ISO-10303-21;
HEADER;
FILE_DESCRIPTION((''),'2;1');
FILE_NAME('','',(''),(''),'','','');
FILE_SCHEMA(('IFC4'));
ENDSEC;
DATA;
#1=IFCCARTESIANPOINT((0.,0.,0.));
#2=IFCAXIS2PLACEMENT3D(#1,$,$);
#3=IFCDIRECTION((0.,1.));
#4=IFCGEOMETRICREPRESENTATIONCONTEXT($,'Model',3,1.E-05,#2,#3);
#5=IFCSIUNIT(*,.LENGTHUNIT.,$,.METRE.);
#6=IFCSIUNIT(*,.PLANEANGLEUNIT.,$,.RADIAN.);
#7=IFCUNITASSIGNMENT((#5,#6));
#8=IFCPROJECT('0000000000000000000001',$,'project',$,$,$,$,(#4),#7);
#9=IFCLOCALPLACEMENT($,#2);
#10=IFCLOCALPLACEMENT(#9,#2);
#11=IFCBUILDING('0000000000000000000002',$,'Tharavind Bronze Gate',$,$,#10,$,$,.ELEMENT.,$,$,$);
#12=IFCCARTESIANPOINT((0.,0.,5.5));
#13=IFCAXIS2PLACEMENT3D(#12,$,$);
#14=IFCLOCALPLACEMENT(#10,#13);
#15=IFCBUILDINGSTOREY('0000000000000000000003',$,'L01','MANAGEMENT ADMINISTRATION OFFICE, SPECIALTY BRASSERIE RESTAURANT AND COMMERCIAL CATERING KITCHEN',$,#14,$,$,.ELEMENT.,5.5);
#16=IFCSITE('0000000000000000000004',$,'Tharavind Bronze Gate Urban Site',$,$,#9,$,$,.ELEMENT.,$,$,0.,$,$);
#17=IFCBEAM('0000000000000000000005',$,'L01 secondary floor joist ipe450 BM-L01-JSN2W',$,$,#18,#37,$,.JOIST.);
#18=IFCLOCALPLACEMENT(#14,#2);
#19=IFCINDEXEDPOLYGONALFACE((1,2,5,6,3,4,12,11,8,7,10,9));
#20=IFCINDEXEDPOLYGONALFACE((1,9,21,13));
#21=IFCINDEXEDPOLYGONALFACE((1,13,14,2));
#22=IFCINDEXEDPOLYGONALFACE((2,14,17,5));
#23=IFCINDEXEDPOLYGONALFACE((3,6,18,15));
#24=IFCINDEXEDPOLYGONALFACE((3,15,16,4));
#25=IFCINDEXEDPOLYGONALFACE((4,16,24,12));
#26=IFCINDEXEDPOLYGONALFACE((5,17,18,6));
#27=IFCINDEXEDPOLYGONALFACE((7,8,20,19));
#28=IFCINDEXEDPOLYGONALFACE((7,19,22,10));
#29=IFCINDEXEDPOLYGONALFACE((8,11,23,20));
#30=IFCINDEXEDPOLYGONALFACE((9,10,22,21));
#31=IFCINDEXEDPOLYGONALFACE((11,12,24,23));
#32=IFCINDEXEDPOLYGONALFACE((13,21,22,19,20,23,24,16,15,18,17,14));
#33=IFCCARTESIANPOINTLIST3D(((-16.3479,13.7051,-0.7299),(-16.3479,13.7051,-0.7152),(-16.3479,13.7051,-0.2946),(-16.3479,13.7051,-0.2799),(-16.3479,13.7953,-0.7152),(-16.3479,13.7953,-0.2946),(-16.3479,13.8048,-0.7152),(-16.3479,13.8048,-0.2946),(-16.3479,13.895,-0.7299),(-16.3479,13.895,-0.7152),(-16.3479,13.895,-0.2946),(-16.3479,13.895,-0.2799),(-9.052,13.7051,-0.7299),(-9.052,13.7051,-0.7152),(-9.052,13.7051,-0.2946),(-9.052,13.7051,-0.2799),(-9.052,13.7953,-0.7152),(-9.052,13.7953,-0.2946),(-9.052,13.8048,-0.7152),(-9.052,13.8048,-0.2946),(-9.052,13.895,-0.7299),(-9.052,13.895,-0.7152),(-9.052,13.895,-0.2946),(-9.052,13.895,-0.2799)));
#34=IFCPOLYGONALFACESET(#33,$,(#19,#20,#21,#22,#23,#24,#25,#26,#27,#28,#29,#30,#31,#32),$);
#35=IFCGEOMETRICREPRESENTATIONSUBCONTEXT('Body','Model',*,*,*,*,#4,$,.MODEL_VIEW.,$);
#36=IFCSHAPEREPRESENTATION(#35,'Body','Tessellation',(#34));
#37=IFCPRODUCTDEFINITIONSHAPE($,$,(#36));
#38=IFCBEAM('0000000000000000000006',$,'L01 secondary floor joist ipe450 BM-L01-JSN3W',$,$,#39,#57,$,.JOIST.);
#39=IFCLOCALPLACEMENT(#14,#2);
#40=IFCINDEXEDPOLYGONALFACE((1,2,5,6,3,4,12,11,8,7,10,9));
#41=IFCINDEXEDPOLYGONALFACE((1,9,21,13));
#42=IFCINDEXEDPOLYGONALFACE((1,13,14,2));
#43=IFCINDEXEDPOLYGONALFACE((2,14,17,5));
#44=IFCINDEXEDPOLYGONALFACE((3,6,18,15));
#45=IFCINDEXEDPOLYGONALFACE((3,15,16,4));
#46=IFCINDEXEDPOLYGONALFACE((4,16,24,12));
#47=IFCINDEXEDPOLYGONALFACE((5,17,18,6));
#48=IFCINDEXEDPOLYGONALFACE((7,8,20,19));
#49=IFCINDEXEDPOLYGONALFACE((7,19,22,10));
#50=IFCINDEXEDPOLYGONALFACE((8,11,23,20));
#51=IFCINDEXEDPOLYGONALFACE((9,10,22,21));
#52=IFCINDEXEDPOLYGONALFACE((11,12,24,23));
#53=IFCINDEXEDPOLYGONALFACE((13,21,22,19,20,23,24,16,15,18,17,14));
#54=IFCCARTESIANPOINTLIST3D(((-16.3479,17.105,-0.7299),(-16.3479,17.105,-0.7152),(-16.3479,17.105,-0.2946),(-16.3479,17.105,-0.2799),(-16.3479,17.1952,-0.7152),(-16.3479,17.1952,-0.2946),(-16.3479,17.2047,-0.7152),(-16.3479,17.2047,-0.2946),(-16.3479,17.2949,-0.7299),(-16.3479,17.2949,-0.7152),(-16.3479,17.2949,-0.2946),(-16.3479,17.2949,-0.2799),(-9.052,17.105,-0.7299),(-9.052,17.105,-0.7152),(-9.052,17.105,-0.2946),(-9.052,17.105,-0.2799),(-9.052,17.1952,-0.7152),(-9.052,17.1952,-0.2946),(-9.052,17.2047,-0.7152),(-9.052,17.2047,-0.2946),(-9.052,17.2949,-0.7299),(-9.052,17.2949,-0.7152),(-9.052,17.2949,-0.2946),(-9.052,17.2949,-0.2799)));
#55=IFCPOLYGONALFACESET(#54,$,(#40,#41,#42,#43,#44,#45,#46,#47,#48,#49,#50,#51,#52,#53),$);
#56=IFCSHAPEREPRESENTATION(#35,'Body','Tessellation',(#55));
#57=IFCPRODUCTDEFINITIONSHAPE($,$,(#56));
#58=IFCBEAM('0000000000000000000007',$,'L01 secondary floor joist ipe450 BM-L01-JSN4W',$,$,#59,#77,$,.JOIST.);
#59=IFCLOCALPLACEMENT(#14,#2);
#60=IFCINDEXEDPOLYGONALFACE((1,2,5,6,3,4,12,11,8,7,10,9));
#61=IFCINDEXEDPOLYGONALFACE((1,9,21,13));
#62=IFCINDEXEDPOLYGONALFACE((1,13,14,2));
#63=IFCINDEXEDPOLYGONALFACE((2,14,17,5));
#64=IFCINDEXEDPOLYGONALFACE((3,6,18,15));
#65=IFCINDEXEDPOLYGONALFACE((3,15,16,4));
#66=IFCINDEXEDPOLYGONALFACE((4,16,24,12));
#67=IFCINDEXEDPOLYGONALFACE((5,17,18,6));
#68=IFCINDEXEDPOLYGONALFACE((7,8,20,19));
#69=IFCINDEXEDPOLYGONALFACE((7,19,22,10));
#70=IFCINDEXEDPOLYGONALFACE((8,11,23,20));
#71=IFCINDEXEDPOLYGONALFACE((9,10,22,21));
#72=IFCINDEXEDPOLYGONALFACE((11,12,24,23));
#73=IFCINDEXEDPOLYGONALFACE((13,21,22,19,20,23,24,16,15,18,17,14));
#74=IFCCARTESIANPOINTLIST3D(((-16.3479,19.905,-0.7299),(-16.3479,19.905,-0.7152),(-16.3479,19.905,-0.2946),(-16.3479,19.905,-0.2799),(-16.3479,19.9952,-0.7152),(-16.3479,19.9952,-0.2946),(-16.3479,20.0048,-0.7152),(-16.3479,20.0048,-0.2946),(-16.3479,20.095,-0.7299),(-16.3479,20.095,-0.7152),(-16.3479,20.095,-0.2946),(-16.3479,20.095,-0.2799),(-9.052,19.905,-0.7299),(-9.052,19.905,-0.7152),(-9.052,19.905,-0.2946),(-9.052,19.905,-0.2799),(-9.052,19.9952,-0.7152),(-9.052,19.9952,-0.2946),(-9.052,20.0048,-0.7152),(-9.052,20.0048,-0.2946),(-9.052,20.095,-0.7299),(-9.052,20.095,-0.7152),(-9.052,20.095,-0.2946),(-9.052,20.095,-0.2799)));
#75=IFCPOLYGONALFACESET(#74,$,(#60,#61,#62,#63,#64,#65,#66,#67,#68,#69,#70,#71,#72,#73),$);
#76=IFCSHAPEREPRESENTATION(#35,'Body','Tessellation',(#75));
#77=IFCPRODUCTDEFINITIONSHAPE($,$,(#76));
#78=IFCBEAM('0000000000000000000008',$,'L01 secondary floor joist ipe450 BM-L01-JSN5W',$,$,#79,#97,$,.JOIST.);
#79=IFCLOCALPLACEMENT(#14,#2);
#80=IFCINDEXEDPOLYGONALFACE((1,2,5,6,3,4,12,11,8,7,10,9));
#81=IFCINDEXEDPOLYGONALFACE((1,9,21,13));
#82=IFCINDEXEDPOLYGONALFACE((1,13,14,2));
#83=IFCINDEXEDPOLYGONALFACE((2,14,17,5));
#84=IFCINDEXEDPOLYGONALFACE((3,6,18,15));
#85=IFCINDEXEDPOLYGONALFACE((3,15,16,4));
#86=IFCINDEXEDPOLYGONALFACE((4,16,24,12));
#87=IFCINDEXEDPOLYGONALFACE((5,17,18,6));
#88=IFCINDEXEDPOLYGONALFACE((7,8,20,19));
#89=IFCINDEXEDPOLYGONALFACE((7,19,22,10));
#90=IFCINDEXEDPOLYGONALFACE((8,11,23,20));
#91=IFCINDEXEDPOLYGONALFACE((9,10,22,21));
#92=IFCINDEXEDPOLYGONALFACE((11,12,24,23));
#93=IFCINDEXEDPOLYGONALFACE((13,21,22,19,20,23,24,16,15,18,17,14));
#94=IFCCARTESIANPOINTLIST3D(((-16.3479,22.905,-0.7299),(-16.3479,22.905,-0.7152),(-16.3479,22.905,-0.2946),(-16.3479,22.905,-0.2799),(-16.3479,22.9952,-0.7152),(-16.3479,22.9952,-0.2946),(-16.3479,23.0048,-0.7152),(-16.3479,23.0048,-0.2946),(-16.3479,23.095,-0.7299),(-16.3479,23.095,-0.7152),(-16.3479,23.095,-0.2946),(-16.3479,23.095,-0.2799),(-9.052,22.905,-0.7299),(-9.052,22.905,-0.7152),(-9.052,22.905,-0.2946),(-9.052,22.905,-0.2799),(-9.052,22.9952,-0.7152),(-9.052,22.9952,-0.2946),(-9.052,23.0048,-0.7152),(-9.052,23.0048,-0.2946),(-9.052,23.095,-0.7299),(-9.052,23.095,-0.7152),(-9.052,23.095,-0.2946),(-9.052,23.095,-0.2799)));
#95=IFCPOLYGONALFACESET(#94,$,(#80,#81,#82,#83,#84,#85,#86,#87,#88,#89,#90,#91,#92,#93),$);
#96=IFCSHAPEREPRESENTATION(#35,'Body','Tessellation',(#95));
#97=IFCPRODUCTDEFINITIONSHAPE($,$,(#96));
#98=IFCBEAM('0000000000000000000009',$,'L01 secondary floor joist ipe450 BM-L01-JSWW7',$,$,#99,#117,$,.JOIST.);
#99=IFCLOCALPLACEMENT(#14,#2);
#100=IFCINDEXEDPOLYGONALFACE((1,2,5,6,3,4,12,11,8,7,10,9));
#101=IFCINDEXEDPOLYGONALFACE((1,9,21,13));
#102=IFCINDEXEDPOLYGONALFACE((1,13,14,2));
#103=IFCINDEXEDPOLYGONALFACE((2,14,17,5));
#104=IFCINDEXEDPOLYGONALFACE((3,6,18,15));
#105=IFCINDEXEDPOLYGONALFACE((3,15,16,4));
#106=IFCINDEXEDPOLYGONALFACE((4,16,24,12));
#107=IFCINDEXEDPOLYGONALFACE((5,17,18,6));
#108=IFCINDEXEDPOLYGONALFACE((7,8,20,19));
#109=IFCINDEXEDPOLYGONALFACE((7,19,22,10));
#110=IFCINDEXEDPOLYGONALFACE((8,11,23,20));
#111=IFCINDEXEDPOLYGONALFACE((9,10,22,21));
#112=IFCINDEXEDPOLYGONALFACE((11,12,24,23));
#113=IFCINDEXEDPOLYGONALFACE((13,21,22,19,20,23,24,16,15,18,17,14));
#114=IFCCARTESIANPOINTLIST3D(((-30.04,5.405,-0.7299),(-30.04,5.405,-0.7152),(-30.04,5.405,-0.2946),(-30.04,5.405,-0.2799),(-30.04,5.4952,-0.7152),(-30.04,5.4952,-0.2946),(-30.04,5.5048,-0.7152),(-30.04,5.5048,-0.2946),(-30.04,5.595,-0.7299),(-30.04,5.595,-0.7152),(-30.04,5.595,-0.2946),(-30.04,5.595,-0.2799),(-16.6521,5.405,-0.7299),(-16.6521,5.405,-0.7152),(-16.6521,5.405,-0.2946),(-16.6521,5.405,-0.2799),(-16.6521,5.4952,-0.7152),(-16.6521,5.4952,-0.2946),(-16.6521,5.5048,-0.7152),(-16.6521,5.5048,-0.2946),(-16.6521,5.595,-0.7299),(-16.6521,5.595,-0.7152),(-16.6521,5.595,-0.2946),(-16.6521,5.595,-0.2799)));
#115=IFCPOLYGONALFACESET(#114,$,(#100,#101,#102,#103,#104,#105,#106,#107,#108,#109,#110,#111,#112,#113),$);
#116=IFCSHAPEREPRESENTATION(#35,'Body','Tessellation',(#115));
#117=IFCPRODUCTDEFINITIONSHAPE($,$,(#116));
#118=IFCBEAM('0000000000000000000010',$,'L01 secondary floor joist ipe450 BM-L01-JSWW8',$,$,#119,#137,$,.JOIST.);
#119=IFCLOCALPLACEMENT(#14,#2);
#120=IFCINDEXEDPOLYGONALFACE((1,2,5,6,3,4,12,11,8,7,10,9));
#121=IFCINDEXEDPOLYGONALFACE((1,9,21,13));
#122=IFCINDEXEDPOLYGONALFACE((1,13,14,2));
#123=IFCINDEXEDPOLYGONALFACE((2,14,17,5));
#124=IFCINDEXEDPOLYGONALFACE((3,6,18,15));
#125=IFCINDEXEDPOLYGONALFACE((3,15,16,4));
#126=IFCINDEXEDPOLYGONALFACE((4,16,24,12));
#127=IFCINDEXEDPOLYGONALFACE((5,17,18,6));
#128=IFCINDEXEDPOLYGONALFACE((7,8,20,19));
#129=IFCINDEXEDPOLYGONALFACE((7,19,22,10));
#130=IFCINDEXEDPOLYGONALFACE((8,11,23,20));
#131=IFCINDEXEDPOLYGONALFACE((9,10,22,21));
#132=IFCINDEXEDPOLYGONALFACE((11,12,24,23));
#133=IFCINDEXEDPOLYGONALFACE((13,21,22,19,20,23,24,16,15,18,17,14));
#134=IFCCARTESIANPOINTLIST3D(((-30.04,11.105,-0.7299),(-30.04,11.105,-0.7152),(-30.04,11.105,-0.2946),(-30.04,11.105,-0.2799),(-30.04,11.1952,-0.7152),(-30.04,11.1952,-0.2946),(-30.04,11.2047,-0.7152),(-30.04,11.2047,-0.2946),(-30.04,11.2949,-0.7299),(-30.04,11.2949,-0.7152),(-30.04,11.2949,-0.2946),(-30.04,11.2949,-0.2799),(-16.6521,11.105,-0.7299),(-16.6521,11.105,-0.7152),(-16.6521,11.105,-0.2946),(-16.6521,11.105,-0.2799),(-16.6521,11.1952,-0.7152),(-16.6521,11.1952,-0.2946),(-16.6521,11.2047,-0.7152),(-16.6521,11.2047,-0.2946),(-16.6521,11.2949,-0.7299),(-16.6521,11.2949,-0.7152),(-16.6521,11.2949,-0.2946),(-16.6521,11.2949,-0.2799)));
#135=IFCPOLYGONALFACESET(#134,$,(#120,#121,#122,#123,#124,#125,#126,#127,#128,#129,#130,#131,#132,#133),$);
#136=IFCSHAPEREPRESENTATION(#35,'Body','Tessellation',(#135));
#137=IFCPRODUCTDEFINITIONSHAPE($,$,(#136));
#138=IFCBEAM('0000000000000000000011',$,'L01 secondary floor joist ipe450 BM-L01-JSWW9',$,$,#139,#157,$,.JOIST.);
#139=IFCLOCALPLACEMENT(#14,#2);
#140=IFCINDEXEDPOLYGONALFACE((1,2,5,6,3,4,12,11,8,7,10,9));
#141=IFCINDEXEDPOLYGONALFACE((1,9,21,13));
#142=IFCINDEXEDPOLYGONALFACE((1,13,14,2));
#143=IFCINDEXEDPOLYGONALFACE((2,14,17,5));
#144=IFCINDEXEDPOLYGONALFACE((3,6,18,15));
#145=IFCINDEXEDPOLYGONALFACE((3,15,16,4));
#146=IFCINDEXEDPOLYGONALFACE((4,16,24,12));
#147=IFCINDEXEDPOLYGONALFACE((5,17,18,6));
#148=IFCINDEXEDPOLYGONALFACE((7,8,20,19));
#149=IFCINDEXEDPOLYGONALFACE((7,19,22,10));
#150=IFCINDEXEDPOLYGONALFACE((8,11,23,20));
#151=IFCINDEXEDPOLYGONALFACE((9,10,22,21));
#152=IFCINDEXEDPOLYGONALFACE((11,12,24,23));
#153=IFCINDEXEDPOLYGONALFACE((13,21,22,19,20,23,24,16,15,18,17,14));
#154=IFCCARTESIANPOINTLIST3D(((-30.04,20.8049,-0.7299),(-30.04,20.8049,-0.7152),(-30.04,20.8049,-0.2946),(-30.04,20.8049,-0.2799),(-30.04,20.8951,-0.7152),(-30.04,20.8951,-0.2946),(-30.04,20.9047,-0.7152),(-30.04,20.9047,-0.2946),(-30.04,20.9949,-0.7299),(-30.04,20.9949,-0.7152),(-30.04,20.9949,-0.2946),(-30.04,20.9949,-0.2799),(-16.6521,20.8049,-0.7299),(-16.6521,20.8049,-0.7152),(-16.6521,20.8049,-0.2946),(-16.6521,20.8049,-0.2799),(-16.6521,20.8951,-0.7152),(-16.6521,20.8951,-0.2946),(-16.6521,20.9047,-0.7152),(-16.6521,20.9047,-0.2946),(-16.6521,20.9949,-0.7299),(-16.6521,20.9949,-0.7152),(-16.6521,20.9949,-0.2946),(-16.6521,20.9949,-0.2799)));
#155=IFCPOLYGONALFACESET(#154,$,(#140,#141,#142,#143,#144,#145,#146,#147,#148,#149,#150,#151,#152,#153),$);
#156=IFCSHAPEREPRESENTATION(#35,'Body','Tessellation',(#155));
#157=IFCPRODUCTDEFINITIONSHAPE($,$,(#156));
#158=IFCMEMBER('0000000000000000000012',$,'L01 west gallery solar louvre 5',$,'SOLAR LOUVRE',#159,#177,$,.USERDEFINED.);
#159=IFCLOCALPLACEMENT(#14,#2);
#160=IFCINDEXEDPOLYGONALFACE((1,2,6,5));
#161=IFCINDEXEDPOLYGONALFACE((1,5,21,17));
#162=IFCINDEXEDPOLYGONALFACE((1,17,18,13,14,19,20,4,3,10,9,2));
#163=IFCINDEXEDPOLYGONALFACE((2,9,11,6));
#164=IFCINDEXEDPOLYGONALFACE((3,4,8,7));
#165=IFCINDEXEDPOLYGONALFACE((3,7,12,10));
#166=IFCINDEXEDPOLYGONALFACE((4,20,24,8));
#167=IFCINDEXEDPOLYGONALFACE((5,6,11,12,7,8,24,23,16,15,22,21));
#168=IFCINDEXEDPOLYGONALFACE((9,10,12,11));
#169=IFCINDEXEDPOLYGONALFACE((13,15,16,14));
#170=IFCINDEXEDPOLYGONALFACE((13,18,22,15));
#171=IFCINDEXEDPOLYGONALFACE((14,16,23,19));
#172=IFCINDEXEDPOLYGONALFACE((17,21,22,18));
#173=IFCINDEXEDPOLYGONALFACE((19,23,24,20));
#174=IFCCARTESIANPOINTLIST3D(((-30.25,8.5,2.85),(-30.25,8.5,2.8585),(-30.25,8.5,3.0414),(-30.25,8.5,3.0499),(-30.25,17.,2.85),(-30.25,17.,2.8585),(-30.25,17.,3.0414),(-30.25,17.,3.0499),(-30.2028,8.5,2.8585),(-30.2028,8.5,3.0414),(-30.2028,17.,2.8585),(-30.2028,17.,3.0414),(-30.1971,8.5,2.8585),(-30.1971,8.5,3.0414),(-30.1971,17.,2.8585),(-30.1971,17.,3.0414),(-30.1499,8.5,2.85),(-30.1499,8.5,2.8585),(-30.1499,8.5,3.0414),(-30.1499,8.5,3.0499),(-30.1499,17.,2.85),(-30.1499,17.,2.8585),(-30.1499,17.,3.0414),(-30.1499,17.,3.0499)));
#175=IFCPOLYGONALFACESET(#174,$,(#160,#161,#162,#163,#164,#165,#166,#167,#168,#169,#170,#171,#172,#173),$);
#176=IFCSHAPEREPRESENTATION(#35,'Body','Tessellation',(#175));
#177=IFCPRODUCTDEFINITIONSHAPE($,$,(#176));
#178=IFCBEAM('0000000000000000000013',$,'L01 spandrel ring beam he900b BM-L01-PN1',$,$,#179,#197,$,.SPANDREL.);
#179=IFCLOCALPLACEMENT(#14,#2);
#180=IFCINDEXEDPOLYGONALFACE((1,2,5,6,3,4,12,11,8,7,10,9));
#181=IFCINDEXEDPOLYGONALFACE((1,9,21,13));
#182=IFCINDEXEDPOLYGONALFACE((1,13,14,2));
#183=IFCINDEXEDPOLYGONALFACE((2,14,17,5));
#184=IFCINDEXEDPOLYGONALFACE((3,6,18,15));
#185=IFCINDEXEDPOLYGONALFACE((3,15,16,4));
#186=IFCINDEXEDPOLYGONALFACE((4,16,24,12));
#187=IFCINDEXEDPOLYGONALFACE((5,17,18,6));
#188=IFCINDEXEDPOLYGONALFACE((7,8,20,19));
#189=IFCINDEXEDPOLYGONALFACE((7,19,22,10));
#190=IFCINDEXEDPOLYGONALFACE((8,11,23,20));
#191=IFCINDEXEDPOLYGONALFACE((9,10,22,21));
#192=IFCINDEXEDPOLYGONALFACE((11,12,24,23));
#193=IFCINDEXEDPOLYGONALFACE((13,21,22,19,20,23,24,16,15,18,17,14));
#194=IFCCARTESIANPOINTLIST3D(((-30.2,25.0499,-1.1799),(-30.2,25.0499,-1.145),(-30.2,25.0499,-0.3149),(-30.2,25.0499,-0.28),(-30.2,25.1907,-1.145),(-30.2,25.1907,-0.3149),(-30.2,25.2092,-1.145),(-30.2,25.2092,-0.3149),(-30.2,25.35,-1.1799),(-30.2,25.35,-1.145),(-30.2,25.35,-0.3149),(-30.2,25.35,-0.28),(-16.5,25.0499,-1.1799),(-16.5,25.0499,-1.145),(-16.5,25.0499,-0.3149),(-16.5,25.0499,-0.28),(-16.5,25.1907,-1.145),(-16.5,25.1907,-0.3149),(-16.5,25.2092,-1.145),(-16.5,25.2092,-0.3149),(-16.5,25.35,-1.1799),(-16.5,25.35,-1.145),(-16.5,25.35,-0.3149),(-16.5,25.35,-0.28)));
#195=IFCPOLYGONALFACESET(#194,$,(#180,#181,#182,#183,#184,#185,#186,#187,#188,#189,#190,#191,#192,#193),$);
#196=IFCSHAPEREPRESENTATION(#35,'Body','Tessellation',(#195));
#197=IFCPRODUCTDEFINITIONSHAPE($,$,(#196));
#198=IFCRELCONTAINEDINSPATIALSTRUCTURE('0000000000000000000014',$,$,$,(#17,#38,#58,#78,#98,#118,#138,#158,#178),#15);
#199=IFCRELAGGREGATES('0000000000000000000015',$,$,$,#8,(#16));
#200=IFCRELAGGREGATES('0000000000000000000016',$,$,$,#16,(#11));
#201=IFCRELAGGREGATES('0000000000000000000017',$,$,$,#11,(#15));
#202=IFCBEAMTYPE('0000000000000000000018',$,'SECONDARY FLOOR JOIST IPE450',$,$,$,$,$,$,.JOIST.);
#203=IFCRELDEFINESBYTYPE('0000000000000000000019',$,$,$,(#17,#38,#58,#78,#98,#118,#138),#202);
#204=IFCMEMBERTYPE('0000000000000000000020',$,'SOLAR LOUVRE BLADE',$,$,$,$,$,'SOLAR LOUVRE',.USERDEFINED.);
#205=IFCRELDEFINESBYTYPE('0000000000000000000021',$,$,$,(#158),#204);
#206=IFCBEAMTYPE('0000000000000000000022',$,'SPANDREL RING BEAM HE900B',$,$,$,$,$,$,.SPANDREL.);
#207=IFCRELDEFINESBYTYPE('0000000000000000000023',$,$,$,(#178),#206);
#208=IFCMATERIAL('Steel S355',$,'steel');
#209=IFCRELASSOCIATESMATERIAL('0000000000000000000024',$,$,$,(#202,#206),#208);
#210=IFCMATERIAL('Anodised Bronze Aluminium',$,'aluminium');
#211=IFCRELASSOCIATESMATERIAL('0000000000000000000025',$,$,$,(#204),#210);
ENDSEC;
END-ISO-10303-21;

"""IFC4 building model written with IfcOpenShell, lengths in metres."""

from ifc_helpers import new_model, si_unit, direction, frame, origin, origin_2d, place, context, subcontext, project, spatial, i_section, extrude, material, material_profile, profile_set, type_object, element, save


model = new_model("IFC4")

# Units and contexts
model_context = context("Model", 3, precision=1e-05, world=origin(), true_north=direction((0.0, 1.0)))
body_context = subcontext(model_context, "Body", "Model", "MODEL_VIEW")
ifc_project = project(units=[si_unit("LENGTHUNIT", "METRE"), si_unit("PLANEANGLEUNIT", "RADIAN")], contexts=[model_context])

# Site, building, storey
site_placement = place(None, origin())
site = spatial("IfcSite", under=ifc_project, at=site_placement, Name="Tharavind Bronze Gate Urban Site", CompositionType="ELEMENT", RefElevation=0.0)
building_placement = place(site_placement, origin())
building = spatial("IfcBuilding", under=site, at=building_placement, Name="Tharavind Bronze Gate", CompositionType="ELEMENT")
storey_placement = place(building_placement, frame((0.0, 0.0, 5.5)))
storey = spatial("IfcBuildingStorey", under=building, at=storey_placement, Name="L01", Description="MANAGEMENT ADMINISTRATION OFFICE, SPECIALTY BRASSERIE RESTAURANT AND COMMERCIAL CATERING KITCHEN", CompositionType="ELEMENT", Elevation=5.5)

# Beams
ifc_material_1 = material(Name="Steel S355", Category="steel")
ifc_material_profile_1 = material_profile(ifc_material_1, i_section(OverallWidth=0.1899, OverallDepth=0.45, WebThickness=0.0095, FlangeThickness=0.0146, at=origin_2d()), Name="IPE450")
ifc_profile_set_1 = profile_set([ifc_material_profile_1], Name="Steel S355")
beam_type_1 = type_object("IfcBeamType", Name="SECONDARY FLOOR JOIST IPE450", PredefinedType="JOIST", material=ifc_profile_set_1)
for number, where, z_axis, x_axis, name in (
    (1, (-16.3479, 13.8, -0.5049), (1.0, 0.0, 0.0), (0.0, 1.0, 0.0), "L01 secondary floor joist ipe450 BM-L01-JSN2W"),
    (2, (-16.3479, 17.2, -0.5049), (1.0, 0.0, 0.0), (0.0, 1.0, 0.0), "L01 secondary floor joist ipe450 BM-L01-JSN3W"),
    (3, (-16.3479, 20.0, -0.5049), (1.0, 0.0, 0.0), (0.0, 1.0, 0.0), "L01 secondary floor joist ipe450 BM-L01-JSN4W"),
    (4, (-16.3479, 23.0, -0.5049), (1.0, 0.0, 0.0), (0.0, 1.0, 0.0), "L01 secondary floor joist ipe450 BM-L01-JSN5W"),
):
    element("IfcBeam", number, at=place(storey_placement, frame(where, z_axis=z_axis, x_axis=x_axis)), inside=storey, type_object=beam_type_1, Name=name, PredefinedType="JOIST", context=body_context, shape_type="SweptSolid", body=[
        extrude(i_section(OverallWidth=0.1899, OverallDepth=0.45, WebThickness=0.0095, FlangeThickness=0.0146, at=origin_2d()), origin(), (0.0, 0.0, 1.0), 7.2959),
    ])
for number, where, z_axis, x_axis, name in (
    (5, (-30.04, 5.5, -0.5049), (1.0, 0.0, 0.0), (0.0, 1.0, 0.0), "L01 secondary floor joist ipe450 BM-L01-JSWW7"),
    (6, (-30.04, 11.2, -0.5049), (1.0, 0.0, 0.0), (0.0, 1.0, 0.0), "L01 secondary floor joist ipe450 BM-L01-JSWW8"),
    (7, (-30.04, 20.8999, -0.5049), (1.0, 0.0, 0.0), (0.0, 1.0, 0.0), "L01 secondary floor joist ipe450 BM-L01-JSWW9"),
):
    element("IfcBeam", number, at=place(storey_placement, frame(where, z_axis=z_axis, x_axis=x_axis)), inside=storey, type_object=beam_type_1, Name=name, PredefinedType="JOIST", context=body_context, shape_type="SweptSolid", body=[
        extrude(i_section(OverallWidth=0.1899, OverallDepth=0.45, WebThickness=0.0095, FlangeThickness=0.0146, at=origin_2d()), origin(), (0.0, 0.0, 1.0), 13.3879),
    ])

# Member
ifc_material_2 = material(Name="Anodised Bronze Aluminium", Category="aluminium")
ifc_material_profile_2 = material_profile(ifc_material_2, i_section(OverallWidth=0.1001, OverallDepth=0.2, WebThickness=0.0056, FlangeThickness=0.0085, at=origin_2d()), Name="IPE200")
ifc_profile_set_2 = profile_set([ifc_material_profile_2], Name="Anodised Bronze Aluminium")
member_type = type_object("IfcMemberType", Name="SOLAR LOUVRE BLADE", ElementType="SOLAR LOUVRE", PredefinedType="USERDEFINED", material=ifc_profile_set_2)
member_placement = place(storey_placement, frame((-30.2, 8.5, 2.95), z_axis=(0.0, 1.0, 0.0), x_axis=(-1.0, 0.0, 0.0)))
element("IfcMember", 8, at=member_placement, inside=storey, type_object=member_type, Name="L01 west gallery solar louvre 5", ObjectType="SOLAR LOUVRE", PredefinedType="USERDEFINED", context=body_context, shape_type="SweptSolid", body=[
    extrude(i_section(OverallWidth=0.1001, OverallDepth=0.2, WebThickness=0.0056, FlangeThickness=0.0085, at=origin_2d()), origin(), (0.0, 0.0, 1.0), 8.5),
])

# Beam
ifc_material_profile_3 = material_profile(ifc_material_1, i_section(OverallWidth=0.3, OverallDepth=0.8999, WebThickness=0.0186, FlangeThickness=0.0349, at=origin_2d()), Name="HE900B")
ifc_profile_set_3 = profile_set([ifc_material_profile_3], Name="Steel S355")
beam_type_2 = type_object("IfcBeamType", Name="SPANDREL RING BEAM HE900B", PredefinedType="SPANDREL", material=ifc_profile_set_3)
beam_1_placement = place(storey_placement, frame((-30.2, 25.2, -0.73), z_axis=(1.0, 0.0, 0.0), x_axis=(0.0, 1.0, 0.0)))
element("IfcBeam", 9, at=beam_1_placement, inside=storey, type_object=beam_type_2, Name="L01 spandrel ring beam he900b BM-L01-PN1", PredefinedType="SPANDREL", context=body_context, shape_type="SweptSolid", body=[
    extrude(i_section(OverallWidth=0.3, OverallDepth=0.8999, WebThickness=0.0186, FlangeThickness=0.0349, at=origin_2d()), origin(), (0.0, 0.0, 1.0), 13.7),
])

save(model, "model.ifc")
